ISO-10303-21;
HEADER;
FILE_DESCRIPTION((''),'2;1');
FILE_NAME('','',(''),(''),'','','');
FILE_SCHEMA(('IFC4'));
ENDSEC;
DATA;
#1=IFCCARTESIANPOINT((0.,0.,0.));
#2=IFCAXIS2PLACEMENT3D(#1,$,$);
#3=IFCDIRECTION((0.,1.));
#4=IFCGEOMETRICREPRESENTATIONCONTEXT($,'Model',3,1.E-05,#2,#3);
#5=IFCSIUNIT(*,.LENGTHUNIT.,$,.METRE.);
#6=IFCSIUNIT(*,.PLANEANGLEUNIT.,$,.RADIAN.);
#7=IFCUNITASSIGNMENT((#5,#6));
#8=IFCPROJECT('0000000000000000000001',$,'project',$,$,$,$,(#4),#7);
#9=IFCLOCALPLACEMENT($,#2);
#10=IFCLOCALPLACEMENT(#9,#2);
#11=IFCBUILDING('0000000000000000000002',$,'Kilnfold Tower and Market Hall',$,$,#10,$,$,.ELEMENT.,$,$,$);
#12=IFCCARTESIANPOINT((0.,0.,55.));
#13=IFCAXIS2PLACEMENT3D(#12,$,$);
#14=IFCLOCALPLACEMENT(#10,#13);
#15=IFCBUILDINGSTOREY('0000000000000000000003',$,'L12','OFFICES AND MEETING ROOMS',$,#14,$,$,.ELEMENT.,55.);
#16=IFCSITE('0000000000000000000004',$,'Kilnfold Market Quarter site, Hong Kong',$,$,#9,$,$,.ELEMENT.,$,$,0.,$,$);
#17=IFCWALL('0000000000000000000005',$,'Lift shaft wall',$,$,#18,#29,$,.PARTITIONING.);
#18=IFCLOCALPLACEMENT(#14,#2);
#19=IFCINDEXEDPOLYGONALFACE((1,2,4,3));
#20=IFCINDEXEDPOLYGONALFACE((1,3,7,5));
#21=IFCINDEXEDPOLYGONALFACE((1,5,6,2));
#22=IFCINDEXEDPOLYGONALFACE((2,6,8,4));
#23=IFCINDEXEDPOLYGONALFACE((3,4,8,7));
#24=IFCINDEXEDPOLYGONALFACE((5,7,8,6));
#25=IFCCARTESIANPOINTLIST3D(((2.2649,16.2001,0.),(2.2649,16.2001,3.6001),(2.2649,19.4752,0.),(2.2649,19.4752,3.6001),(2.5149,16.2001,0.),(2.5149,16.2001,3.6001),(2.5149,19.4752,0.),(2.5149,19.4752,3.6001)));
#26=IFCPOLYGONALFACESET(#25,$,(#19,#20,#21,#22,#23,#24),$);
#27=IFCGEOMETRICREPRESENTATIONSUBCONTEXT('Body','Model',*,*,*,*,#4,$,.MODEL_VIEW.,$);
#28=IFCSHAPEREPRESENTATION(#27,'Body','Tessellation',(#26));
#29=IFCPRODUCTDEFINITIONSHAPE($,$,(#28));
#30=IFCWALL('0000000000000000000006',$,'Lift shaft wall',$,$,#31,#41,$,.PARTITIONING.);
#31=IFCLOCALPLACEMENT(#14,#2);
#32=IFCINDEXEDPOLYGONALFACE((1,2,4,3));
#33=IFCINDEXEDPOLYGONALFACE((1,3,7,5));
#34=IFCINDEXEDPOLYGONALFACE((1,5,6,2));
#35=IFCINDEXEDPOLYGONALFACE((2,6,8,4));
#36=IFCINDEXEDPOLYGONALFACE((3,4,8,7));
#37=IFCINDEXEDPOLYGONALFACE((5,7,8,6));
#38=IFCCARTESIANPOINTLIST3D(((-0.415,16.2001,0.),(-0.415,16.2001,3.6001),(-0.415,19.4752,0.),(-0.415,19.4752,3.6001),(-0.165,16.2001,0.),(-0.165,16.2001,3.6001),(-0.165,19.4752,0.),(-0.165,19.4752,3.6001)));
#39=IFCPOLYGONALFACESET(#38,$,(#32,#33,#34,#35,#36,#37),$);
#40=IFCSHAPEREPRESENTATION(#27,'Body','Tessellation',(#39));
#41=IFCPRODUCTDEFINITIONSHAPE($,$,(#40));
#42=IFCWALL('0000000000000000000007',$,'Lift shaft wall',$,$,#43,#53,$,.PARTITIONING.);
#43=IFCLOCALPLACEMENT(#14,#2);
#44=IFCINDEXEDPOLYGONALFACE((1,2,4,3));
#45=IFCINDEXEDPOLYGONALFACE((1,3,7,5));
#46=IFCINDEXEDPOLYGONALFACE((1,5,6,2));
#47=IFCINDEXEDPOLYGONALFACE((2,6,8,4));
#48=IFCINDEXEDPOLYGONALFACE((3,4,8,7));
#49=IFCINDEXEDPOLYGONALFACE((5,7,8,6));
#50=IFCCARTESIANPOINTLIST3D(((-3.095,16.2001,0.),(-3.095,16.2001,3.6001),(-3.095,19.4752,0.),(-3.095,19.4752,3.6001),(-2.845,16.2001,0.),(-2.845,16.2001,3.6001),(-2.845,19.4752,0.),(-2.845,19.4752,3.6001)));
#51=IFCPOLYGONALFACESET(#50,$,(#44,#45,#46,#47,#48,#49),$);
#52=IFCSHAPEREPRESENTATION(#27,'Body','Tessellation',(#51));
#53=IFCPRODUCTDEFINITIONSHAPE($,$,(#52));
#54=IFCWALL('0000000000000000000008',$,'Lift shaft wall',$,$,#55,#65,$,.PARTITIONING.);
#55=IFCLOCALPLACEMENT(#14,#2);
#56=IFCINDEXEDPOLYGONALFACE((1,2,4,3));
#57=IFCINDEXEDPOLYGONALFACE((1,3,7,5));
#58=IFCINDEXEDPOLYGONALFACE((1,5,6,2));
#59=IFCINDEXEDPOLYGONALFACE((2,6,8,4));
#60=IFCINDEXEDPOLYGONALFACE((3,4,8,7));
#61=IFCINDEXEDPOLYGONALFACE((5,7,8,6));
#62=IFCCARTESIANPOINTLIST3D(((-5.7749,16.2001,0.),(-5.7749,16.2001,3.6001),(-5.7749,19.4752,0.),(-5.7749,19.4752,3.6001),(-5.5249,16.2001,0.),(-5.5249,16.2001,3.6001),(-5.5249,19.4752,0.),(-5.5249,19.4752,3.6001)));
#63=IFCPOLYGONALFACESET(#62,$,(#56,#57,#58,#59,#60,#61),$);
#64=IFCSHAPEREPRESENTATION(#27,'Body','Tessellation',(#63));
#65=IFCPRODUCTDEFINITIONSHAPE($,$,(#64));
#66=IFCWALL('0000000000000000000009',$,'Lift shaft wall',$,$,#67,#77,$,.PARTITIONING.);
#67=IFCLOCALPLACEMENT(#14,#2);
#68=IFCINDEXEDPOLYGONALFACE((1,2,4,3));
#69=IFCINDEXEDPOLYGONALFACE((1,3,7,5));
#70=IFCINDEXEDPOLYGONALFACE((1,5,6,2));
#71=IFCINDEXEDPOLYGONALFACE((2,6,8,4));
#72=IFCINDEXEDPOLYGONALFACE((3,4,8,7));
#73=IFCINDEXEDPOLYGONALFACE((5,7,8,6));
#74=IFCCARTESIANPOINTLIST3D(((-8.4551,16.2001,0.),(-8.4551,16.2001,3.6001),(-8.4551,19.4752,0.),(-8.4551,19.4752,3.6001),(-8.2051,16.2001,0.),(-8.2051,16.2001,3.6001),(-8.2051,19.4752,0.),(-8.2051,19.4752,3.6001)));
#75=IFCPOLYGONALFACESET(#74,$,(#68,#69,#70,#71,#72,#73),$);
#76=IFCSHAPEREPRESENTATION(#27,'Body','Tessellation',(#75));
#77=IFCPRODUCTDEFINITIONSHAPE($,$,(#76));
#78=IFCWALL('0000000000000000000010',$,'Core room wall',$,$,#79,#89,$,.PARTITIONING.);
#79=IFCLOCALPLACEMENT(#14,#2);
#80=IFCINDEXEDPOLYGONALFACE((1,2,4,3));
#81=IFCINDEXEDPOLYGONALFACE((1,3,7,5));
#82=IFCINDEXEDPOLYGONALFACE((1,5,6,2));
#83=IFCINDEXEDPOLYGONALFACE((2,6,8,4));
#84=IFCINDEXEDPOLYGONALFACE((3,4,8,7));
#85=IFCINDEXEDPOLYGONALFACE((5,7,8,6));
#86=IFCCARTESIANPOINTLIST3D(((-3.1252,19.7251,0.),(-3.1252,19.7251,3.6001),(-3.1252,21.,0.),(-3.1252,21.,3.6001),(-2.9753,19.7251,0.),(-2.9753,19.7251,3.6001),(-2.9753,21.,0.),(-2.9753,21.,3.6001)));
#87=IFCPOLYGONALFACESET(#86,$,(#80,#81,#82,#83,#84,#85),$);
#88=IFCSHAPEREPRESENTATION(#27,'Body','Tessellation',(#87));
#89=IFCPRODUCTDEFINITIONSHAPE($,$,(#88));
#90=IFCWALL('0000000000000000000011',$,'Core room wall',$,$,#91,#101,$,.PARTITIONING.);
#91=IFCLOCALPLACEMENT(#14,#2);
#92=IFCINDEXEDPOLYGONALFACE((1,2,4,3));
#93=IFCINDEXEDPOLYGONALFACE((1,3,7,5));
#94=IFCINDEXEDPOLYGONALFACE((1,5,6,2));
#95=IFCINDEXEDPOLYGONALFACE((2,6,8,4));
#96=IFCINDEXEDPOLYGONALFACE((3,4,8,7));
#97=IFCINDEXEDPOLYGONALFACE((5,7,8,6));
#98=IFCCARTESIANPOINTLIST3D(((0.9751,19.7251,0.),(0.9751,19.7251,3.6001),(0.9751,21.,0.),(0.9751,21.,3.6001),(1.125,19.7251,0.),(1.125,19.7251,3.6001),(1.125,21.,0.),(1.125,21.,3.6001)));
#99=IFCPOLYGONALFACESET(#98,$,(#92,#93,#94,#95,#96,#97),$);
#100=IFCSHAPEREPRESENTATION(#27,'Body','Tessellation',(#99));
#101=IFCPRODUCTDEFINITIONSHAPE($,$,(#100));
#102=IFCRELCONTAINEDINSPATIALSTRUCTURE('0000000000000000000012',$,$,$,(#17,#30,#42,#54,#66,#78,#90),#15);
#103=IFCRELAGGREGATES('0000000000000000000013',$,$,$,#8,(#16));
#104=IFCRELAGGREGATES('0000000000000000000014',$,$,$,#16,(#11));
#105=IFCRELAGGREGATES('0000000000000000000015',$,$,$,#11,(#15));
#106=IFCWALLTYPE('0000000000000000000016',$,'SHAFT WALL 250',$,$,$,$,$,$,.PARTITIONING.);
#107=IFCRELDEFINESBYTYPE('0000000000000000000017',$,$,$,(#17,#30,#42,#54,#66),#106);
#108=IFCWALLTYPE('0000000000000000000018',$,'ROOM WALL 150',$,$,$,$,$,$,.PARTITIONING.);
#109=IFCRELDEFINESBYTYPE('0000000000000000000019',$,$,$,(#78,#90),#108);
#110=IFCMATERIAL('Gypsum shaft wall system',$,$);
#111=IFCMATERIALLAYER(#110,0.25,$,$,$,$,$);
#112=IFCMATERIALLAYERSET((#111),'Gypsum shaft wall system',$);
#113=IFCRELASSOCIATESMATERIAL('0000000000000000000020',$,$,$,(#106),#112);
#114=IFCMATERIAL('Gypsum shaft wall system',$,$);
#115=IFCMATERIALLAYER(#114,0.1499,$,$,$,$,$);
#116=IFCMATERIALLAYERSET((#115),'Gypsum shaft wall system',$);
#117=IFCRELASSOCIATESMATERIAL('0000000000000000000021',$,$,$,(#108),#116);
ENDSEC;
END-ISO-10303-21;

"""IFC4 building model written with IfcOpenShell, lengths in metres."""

from ifc_helpers import new_model, si_unit, direction, frame, frame_2d, origin, place, context, subcontext, project, spatial, rectangle, extrude, source, transform, mapped, material, layer, layer_set, type_object, element, save


model = new_model("IFC4")

# Units and contexts
model_context = context("Model", 3, precision=1e-05, world=origin(), true_north=direction((0.0, 1.0)))
body_context = subcontext(model_context, "Body", "Model", "MODEL_VIEW")
ifc_project = project(units=[si_unit("LENGTHUNIT", "METRE"), si_unit("PLANEANGLEUNIT", "RADIAN")], contexts=[model_context])

# Site, building, storey
site_placement = place(None, origin())
site = spatial("IfcSite", under=ifc_project, at=site_placement, Name="Kilnfold Market Quarter site, Hong Kong", CompositionType="ELEMENT", RefElevation=0.0)
building_placement = place(site_placement, origin())
building = spatial("IfcBuilding", under=site, at=building_placement, Name="Kilnfold Tower and Market Hall", CompositionType="ELEMENT")
storey_placement = place(building_placement, frame((0.0, 0.0, 55.0)))
storey = spatial("IfcBuildingStorey", under=building, at=storey_placement, Name="L12", Description="OFFICES AND MEETING ROOMS", CompositionType="ELEMENT", Elevation=55.0)

# Walls
ifc_material_1 = material(Name="Gypsum shaft wall system")
ifc_layer_1 = layer(ifc_material_1, 0.25)
ifc_layer_set_1 = layer_set([ifc_layer_1], Name="Gypsum shaft wall system")
wall_type_1 = type_object("IfcWallType", Name="SHAFT WALL 250", PredefinedType="PARTITIONING", material=ifc_layer_set_1)
shared_shape_1 = source(origin(), body_context, "Body", "SweptSolid", [
    extrude(rectangle(XDim=3.2751, YDim=0.25, at=frame_2d((1.6377, 0.0))), origin(), (0.0, 0.0, 1.0), 3.6001),
])
for number, where, z_axis, x_axis, name in (
    (1, (2.3899, 16.2, 0.0), (0.0, 0.0, 1.0), (0.0, 1.0, 0.0), "Lift shaft wall"),
    (2, (-0.29, 16.2, 0.0), (0.0, 0.0, 1.0), (0.0, 1.0, 0.0), "Lift shaft wall"),
    (3, (-2.97, 16.2, 0.0), (0.0, 0.0, 1.0), (0.0, 1.0, 0.0), "Lift shaft wall"),
    (4, (-5.6499, 16.2, 0.0), (0.0, 0.0, 1.0), (0.0, 1.0, 0.0), "Lift shaft wall"),
    (5, (-8.3301, 16.2, 0.0), (0.0, 0.0, 1.0), (0.0, 1.0, 0.0), "Lift shaft wall"),
):
    element("IfcWall", number, at=place(storey_placement, frame(where, z_axis=z_axis, x_axis=x_axis)), inside=storey, type_object=wall_type_1, Name=name, PredefinedType="PARTITIONING", context=body_context, shape_type="MappedRepresentation", body=[
        mapped(shared_shape_1, transform((0.0, 0.0, 0.0))),
    ])
ifc_material_2 = material(Name="Gypsum shaft wall system")
ifc_layer_2 = layer(ifc_material_2, 0.1499)
ifc_layer_set_2 = layer_set([ifc_layer_2], Name="Gypsum shaft wall system")
wall_type_2 = type_object("IfcWallType", Name="ROOM WALL 150", PredefinedType="PARTITIONING", material=ifc_layer_set_2)
shared_shape_2 = source(origin(), body_context, "Body", "SweptSolid", [
    extrude(rectangle(XDim=1.2749, YDim=0.1499, at=frame_2d((0.6375, 0.0))), origin(), (0.0, 0.0, 1.0), 3.6001),
])
for number, where, z_axis, x_axis, name in (
    (6, (-3.0503, 19.7251, 0.0), (0.0, 0.0, 1.0), (0.0, 1.0, 0.0), "Core room wall"),
    (7, (1.05, 19.7251, 0.0), (0.0, 0.0, 1.0), (0.0, 1.0, 0.0), "Core room wall"),
):
    element("IfcWall", number, at=place(storey_placement, frame(where, z_axis=z_axis, x_axis=x_axis)), inside=storey, type_object=wall_type_2, Name=name, PredefinedType="PARTITIONING", context=body_context, shape_type="MappedRepresentation", body=[
        mapped(shared_shape_2, transform((0.0, 0.0, 0.0))),
    ])

save(model, "model.ifc")
